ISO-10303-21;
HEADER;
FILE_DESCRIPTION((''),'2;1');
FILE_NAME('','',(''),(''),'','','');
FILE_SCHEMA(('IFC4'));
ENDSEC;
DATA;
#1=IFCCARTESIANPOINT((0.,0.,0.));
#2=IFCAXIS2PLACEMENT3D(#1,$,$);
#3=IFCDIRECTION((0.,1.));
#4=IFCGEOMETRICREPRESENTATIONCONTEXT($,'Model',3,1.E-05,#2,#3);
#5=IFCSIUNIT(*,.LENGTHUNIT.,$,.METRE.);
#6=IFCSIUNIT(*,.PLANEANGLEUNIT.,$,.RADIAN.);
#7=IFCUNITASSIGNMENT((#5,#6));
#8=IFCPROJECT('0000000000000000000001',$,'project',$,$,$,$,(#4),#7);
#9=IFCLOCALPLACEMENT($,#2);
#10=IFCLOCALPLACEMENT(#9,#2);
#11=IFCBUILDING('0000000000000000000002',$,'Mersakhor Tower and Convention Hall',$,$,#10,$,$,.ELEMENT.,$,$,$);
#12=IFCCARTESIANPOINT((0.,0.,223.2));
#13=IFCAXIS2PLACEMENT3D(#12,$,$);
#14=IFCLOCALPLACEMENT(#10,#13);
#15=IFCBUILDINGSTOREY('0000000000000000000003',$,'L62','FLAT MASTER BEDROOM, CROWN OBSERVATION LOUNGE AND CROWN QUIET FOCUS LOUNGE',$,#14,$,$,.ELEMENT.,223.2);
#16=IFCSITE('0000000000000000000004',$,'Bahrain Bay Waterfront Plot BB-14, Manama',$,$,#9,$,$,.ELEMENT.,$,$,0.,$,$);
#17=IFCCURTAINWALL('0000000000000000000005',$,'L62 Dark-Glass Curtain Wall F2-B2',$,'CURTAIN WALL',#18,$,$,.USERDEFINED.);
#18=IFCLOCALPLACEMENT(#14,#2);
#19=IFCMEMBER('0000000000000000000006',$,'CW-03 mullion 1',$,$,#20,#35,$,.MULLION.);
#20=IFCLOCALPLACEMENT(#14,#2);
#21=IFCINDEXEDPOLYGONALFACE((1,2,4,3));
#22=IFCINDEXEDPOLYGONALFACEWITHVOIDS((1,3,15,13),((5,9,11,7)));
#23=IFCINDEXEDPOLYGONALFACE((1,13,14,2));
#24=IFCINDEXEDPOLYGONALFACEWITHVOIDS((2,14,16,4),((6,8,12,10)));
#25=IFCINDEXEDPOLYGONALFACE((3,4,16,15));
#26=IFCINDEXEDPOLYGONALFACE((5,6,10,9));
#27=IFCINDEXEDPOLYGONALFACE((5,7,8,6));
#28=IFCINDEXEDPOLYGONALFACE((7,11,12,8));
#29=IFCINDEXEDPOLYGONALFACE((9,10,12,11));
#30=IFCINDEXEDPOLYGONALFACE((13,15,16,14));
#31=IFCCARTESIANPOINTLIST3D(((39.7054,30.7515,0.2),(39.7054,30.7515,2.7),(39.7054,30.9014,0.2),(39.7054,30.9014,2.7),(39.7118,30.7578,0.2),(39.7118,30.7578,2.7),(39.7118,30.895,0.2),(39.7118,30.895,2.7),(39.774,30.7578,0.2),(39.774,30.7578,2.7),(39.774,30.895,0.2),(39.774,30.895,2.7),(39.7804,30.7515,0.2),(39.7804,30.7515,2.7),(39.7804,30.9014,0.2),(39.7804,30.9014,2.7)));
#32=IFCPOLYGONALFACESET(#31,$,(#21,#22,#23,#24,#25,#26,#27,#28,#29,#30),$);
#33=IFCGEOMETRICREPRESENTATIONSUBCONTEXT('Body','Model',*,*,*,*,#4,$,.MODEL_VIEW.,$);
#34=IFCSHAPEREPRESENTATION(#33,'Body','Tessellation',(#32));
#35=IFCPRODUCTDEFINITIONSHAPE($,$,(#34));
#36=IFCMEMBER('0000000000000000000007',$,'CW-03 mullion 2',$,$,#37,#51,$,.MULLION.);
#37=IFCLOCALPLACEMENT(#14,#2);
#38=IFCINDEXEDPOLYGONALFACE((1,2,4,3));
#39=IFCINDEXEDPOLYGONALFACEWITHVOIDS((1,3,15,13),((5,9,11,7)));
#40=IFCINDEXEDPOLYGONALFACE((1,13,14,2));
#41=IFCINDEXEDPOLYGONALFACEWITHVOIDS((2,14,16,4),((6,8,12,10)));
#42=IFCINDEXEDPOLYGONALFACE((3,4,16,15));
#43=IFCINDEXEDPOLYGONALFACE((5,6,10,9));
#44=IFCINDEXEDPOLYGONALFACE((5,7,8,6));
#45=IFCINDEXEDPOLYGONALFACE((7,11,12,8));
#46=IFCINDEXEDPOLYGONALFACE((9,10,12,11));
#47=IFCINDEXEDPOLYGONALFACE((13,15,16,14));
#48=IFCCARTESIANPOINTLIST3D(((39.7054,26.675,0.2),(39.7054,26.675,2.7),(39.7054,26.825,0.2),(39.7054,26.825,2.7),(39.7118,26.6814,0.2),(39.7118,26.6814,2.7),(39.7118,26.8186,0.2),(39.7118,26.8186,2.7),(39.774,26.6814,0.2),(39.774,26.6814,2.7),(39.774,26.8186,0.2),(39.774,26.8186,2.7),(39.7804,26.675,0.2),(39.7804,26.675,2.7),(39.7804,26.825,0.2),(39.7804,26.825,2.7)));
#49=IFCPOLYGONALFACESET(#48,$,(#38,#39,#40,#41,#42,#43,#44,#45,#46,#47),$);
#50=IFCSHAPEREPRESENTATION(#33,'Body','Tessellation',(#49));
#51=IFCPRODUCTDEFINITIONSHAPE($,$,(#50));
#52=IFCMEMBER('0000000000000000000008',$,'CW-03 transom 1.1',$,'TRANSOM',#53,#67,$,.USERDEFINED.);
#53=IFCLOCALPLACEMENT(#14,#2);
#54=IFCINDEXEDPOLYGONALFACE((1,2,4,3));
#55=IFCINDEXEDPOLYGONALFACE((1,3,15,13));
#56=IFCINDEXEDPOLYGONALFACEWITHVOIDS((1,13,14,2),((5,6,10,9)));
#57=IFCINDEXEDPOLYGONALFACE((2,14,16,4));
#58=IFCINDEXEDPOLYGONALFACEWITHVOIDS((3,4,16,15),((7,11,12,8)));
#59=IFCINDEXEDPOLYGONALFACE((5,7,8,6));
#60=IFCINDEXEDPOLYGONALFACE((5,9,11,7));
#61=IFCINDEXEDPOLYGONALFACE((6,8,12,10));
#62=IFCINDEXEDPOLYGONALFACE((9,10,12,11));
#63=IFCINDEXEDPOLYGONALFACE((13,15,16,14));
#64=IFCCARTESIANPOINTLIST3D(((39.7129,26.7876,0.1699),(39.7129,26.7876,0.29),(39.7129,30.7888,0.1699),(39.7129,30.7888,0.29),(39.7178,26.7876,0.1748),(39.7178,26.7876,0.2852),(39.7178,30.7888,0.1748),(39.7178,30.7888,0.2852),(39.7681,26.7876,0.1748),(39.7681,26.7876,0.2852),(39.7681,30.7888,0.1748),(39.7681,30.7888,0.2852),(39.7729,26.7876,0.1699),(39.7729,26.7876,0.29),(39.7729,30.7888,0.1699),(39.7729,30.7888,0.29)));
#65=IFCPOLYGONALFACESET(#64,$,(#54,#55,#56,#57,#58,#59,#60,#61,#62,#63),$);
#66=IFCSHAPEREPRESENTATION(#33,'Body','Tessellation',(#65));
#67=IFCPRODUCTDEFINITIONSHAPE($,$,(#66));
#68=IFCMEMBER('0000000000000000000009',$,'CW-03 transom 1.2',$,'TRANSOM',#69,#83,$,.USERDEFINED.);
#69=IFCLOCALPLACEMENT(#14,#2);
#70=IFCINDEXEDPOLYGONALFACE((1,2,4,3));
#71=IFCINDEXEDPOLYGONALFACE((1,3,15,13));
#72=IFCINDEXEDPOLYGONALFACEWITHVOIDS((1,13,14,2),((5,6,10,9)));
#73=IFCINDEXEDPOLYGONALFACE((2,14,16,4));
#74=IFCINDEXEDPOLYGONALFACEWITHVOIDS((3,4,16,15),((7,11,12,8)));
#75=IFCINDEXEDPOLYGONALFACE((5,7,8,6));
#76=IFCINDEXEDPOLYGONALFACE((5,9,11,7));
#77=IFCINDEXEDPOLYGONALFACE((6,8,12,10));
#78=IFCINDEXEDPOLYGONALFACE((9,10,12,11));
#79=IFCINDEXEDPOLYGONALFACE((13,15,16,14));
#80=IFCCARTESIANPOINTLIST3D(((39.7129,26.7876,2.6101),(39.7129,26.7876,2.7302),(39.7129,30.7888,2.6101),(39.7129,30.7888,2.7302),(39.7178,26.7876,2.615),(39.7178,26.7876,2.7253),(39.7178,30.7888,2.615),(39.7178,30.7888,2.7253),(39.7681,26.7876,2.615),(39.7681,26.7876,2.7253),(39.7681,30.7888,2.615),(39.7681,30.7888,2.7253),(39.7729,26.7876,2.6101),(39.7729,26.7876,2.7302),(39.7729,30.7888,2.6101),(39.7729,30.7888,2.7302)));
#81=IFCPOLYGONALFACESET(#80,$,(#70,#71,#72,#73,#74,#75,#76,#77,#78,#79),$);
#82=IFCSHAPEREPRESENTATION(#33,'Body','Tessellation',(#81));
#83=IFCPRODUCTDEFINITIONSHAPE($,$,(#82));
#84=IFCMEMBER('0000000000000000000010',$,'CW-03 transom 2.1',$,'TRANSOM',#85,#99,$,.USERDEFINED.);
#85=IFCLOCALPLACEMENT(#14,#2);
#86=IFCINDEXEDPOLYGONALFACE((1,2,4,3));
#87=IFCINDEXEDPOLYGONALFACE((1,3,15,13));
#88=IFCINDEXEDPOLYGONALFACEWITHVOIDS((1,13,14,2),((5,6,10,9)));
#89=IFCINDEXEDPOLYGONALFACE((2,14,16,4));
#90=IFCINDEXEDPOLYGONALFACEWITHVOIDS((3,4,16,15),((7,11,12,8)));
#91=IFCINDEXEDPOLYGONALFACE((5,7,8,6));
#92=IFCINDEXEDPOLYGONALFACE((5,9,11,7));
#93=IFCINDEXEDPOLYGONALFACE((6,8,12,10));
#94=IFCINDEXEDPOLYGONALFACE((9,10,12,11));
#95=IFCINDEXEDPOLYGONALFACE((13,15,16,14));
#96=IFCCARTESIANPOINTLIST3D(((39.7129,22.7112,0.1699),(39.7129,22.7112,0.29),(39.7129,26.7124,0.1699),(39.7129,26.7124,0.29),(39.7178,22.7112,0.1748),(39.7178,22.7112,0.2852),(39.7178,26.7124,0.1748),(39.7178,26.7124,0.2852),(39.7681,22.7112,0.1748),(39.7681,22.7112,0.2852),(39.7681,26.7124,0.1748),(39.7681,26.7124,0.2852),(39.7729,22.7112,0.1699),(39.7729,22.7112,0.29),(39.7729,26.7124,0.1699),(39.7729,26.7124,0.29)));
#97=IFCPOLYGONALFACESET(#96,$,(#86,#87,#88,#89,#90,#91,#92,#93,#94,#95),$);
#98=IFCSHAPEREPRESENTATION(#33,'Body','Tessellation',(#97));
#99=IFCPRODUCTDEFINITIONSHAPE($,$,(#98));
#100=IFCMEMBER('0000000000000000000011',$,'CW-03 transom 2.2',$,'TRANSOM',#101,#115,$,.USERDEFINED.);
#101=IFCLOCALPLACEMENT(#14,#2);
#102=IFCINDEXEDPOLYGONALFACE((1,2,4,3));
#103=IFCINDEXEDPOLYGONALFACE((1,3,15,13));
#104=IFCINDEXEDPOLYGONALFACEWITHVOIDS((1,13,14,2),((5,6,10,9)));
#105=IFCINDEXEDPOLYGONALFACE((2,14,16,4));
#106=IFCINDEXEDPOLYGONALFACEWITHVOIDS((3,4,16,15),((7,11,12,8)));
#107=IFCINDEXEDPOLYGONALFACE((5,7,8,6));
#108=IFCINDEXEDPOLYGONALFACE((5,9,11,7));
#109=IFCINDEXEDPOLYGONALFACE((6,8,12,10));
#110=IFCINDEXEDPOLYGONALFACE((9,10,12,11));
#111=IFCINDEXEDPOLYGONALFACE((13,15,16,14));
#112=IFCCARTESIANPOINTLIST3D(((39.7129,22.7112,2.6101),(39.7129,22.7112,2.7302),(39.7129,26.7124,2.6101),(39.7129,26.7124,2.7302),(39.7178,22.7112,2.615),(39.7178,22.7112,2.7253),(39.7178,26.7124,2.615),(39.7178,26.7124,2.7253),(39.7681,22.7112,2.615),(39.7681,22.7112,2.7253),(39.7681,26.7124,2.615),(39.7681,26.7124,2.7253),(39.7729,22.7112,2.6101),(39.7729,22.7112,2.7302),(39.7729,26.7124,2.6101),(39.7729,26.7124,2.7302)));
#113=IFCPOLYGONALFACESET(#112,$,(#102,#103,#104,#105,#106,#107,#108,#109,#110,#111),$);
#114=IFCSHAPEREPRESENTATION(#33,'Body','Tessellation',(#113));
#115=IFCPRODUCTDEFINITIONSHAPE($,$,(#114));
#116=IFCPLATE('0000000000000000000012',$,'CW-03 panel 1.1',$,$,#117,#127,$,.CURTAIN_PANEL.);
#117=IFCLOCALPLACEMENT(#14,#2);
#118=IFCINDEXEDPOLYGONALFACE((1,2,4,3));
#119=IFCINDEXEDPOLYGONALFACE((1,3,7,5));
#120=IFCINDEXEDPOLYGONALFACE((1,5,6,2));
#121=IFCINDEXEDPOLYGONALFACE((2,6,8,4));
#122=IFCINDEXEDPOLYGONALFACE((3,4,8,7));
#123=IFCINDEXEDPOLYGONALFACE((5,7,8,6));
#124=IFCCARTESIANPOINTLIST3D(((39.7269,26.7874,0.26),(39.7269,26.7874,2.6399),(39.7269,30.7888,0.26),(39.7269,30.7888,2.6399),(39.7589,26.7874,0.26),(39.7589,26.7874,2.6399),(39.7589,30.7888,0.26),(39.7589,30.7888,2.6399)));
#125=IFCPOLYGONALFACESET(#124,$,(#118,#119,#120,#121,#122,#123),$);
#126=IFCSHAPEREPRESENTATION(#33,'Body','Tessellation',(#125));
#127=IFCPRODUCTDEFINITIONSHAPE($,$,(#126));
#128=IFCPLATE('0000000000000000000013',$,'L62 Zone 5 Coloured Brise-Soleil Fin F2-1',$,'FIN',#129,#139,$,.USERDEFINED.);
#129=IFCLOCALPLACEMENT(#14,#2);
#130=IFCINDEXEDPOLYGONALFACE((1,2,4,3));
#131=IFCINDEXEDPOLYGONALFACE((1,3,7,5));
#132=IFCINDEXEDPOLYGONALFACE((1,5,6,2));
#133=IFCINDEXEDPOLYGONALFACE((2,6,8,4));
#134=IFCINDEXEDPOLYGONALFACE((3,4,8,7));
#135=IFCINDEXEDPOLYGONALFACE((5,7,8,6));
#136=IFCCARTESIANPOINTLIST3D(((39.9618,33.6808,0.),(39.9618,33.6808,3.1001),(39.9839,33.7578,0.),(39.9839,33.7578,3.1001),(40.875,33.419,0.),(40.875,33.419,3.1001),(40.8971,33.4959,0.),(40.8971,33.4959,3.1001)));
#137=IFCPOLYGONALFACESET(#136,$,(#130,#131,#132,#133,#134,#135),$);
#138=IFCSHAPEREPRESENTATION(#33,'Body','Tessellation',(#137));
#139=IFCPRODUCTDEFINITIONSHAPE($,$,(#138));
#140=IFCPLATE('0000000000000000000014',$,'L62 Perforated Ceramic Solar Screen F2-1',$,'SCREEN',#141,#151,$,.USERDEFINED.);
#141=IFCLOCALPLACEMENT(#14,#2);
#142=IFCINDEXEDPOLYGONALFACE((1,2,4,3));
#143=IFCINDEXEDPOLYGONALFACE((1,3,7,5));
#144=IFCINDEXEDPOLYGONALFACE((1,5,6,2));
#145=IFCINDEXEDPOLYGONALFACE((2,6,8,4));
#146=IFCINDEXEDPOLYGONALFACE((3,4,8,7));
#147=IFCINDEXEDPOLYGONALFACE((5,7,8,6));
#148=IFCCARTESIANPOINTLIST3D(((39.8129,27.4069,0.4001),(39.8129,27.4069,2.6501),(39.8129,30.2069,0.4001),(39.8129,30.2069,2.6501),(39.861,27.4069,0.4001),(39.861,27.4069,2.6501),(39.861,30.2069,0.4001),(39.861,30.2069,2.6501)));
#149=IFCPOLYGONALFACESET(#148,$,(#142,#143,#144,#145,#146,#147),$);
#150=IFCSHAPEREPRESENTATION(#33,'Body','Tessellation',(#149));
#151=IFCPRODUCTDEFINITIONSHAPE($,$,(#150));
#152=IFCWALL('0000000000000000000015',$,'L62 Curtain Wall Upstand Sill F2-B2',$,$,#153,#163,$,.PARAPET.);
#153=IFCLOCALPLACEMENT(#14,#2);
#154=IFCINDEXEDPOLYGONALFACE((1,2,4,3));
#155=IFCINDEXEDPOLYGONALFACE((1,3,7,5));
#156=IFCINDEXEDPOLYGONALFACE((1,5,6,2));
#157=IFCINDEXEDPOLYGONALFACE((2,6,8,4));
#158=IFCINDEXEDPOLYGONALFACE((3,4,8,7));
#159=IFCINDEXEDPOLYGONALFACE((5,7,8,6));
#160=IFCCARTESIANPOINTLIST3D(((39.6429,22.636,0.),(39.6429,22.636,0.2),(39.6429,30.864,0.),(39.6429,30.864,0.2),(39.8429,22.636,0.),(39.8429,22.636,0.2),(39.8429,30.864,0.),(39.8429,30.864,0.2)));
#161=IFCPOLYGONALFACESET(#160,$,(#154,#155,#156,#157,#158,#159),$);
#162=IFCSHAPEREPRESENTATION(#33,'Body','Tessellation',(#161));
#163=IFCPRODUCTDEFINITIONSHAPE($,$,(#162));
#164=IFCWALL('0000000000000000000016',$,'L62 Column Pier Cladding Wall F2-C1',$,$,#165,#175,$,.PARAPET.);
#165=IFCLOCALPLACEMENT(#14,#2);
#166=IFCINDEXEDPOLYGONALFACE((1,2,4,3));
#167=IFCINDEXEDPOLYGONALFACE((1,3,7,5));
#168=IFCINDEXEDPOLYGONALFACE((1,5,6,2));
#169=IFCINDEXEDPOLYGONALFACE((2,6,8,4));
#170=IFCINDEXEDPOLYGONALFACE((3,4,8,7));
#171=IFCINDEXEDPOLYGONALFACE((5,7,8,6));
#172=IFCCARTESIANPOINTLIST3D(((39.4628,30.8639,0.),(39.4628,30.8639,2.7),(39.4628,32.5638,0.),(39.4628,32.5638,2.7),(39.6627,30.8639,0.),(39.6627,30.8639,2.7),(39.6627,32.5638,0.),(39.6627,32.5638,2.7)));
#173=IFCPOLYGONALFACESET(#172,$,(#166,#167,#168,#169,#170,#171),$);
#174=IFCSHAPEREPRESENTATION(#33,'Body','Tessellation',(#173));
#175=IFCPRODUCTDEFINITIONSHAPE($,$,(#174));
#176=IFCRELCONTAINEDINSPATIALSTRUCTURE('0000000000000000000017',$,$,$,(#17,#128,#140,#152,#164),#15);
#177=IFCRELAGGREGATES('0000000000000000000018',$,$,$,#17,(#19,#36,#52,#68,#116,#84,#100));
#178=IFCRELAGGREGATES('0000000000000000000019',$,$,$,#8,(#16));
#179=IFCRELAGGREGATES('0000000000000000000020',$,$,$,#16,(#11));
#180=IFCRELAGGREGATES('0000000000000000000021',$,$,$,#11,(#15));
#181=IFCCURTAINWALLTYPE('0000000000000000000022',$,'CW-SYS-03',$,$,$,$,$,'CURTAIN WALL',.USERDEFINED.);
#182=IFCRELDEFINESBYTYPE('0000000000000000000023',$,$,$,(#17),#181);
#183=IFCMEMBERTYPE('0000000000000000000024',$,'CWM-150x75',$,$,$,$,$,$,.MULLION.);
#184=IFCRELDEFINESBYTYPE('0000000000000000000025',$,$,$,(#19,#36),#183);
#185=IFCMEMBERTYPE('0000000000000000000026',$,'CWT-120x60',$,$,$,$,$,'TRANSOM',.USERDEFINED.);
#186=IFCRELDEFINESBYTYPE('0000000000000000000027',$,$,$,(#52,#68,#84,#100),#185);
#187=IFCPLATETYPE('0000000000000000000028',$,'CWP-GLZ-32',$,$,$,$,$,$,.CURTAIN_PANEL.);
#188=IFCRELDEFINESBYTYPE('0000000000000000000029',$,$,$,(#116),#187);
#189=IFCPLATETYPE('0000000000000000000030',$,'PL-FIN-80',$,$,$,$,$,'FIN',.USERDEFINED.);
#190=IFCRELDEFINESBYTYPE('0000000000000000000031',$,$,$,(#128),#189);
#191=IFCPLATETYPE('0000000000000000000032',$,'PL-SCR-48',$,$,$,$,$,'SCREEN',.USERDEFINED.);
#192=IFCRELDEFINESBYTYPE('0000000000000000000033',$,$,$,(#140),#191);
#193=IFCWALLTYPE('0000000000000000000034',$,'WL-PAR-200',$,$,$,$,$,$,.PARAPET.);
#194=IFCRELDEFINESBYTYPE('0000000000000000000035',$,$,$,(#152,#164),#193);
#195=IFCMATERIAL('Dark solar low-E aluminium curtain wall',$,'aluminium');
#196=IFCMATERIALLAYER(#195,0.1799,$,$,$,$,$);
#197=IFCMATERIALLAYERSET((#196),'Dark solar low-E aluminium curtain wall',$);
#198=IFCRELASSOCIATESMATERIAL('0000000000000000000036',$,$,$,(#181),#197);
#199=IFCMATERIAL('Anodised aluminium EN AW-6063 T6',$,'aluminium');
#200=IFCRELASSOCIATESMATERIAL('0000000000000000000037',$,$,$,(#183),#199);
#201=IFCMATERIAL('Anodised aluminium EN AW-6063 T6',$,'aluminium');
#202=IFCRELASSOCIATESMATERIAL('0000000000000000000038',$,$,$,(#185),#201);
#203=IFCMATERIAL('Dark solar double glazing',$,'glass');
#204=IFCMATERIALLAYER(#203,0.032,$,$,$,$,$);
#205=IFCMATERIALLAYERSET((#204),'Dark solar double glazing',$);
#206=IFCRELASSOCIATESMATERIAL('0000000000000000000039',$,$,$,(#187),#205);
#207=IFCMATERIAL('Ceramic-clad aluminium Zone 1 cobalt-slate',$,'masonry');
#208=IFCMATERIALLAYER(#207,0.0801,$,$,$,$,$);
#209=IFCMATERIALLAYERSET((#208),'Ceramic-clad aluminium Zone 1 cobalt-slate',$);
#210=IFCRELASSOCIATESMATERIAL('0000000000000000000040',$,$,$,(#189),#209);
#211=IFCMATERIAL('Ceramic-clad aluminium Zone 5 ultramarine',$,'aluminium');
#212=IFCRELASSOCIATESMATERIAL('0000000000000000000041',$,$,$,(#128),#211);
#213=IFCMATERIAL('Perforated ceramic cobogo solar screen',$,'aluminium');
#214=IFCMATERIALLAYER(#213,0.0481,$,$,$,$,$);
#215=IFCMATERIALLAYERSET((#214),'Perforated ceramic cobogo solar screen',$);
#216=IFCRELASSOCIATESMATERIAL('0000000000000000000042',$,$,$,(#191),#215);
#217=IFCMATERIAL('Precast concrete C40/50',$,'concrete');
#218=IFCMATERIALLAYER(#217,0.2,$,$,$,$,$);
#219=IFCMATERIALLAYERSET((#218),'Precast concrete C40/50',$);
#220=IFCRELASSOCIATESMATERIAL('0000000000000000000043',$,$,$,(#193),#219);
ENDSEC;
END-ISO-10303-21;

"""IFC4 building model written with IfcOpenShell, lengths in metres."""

from ifc_helpers import new_model, si_unit, direction, frame, frame_2d, origin, origin_2d, place, context, subcontext, project, spatial, rectangle, hollow_rectangle, extrude, material, layer, layer_set, material_profile, profile_set, type_object, element, aggregate, save


model = new_model("IFC4")

# Units and contexts
model_context = context("Model", 3, precision=1e-05, world=origin(), true_north=direction((0.0, 1.0)))
body_context = subcontext(model_context, "Body", "Model", "MODEL_VIEW")
ifc_project = project(units=[si_unit("LENGTHUNIT", "METRE"), si_unit("PLANEANGLEUNIT", "RADIAN")], contexts=[model_context])

# Site, building, storey
site_placement = place(None, origin())
site = spatial("IfcSite", under=ifc_project, at=site_placement, Name="Bahrain Bay Waterfront Plot BB-14, Manama", CompositionType="ELEMENT", RefElevation=0.0)
building_placement = place(site_placement, origin())
building = spatial("IfcBuilding", under=site, at=building_placement, Name="Mersakhor Tower and Convention Hall", CompositionType="ELEMENT")
storey_placement = place(building_placement, frame((0.0, 0.0, 223.2)))
storey = spatial("IfcBuildingStorey", under=building, at=storey_placement, Name="L62", Description="FLAT MASTER BEDROOM, CROWN OBSERVATION LOUNGE AND CROWN QUIET FOCUS LOUNGE", CompositionType="ELEMENT", Elevation=223.2)

# Curtain wall, members, plate
ifc_material_1 = material(Name="Dark solar low-E aluminium curtain wall", Category="aluminium")
ifc_layer_1 = layer(ifc_material_1, 0.1799)
ifc_layer_set_1 = layer_set([ifc_layer_1], Name="Dark solar low-E aluminium curtain wall")
curtain_wall_type = type_object("IfcCurtainWallType", Name="CW-SYS-03", ElementType="CURTAIN WALL", PredefinedType="USERDEFINED", material=ifc_layer_set_1)
curtain_wall_placement = place(storey_placement, origin())
curtain_wall = element("IfcCurtainWall", 1, at=curtain_wall_placement, inside=storey, type_object=curtain_wall_type, Name="L62 Dark-Glass Curtain Wall F2-B2", ObjectType="CURTAIN WALL", PredefinedType="USERDEFINED")
ifc_material_2 = material(Name="Anodised aluminium EN AW-6063 T6", Category="aluminium")
ifc_material_profile_1 = material_profile(ifc_material_2, hollow_rectangle(XDim=0.075, YDim=0.1499, WallThickness=0.0063, at=origin_2d()), Name="RHS 150x75x6.3")
ifc_profile_set_1 = profile_set([ifc_material_profile_1], Name="Anodised aluminium EN AW-6063 T6")
member_type_1 = type_object("IfcMemberType", Name="CWM-150x75", PredefinedType="MULLION", material=ifc_profile_set_1)
member_1_placement = place(storey_placement, frame((39.7429, 30.8264, 0.2), z_axis=(0.0, 0.0, 1.0), x_axis=(1.0, 0.0, 0.0)))
member_1 = element("IfcMember", 2, at=member_1_placement, type_object=member_type_1, Name="CW-03 mullion 1", PredefinedType="MULLION", context=body_context, shape_type="SweptSolid", body=[
    extrude(hollow_rectangle(XDim=0.075, YDim=0.1499, WallThickness=0.0063, at=origin_2d()), origin(), (0.0, 0.0, 1.0), 2.5),
])
member_2_placement = place(storey_placement, frame((39.7429, 26.75, 0.2), z_axis=(0.0, 0.0, 1.0), x_axis=(1.0, 0.0, 0.0)))
member_2 = element("IfcMember", 3, at=member_2_placement, type_object=member_type_1, Name="CW-03 mullion 2", PredefinedType="MULLION", context=body_context, shape_type="SweptSolid", body=[
    extrude(hollow_rectangle(XDim=0.075, YDim=0.1499, WallThickness=0.0063, at=origin_2d()), origin(), (0.0, 0.0, 1.0), 2.5),
])
ifc_material_3 = material(Name="Anodised aluminium EN AW-6063 T6", Category="aluminium")
ifc_material_profile_2 = material_profile(ifc_material_3, hollow_rectangle(XDim=0.0601, YDim=0.1201, WallThickness=0.0049, at=origin_2d()), Name="RHS 120x60x5")
ifc_profile_set_2 = profile_set([ifc_material_profile_2], Name="Anodised aluminium EN AW-6063 T6")
member_type_2 = type_object("IfcMemberType", Name="CWT-120x60", ElementType="TRANSOM", PredefinedType="USERDEFINED", material=ifc_profile_set_2)
member_3_placement = place(storey_placement, frame((39.7429, 30.7888, 0.23), z_axis=(0.0, -1.0, 0.0), x_axis=(1.0, 0.0, 0.0)))
member_3 = element("IfcMember", 4, at=member_3_placement, type_object=member_type_2, Name="CW-03 transom 1.1", ObjectType="TRANSOM", PredefinedType="USERDEFINED", context=body_context, shape_type="SweptSolid", body=[
    extrude(hollow_rectangle(XDim=0.0601, YDim=0.1201, WallThickness=0.0049, at=origin_2d()), origin(), (0.0, 0.0, 1.0), 4.0012),
])
member_4_placement = place(storey_placement, frame((39.7429, 30.7888, 2.6702), z_axis=(0.0, -1.0, 0.0), x_axis=(1.0, 0.0, 0.0)))
member_4 = element("IfcMember", 5, at=member_4_placement, type_object=member_type_2, Name="CW-03 transom 1.2", ObjectType="TRANSOM", PredefinedType="USERDEFINED", context=body_context, shape_type="SweptSolid", body=[
    extrude(hollow_rectangle(XDim=0.0601, YDim=0.1201, WallThickness=0.0049, at=origin_2d()), origin(), (0.0, 0.0, 1.0), 4.0012),
])
member_5_placement = place(storey_placement, frame((39.7429, 26.7124, 0.23), z_axis=(0.0, -1.0, 0.0), x_axis=(1.0, 0.0, 0.0)))
member_5 = element("IfcMember", 6, at=member_5_placement, type_object=member_type_2, Name="CW-03 transom 2.1", ObjectType="TRANSOM", PredefinedType="USERDEFINED", context=body_context, shape_type="SweptSolid", body=[
    extrude(hollow_rectangle(XDim=0.0601, YDim=0.1201, WallThickness=0.0049, at=origin_2d()), origin(), (0.0, 0.0, 1.0), 4.0012),
])
member_6_placement = place(storey_placement, frame((39.7429, 26.7124, 2.6702), z_axis=(0.0, -1.0, 0.0), x_axis=(1.0, 0.0, 0.0)))
member_6 = element("IfcMember", 7, at=member_6_placement, type_object=member_type_2, Name="CW-03 transom 2.2", ObjectType="TRANSOM", PredefinedType="USERDEFINED", context=body_context, shape_type="SweptSolid", body=[
    extrude(hollow_rectangle(XDim=0.0601, YDim=0.1201, WallThickness=0.0049, at=origin_2d()), origin(), (0.0, 0.0, 1.0), 4.0012),
])
ifc_material_4 = material(Name="Dark solar double glazing", Category="glass")
ifc_layer_2 = layer(ifc_material_4, 0.032)
ifc_layer_set_2 = layer_set([ifc_layer_2], Name="Dark solar double glazing")
plate_type_1 = type_object("IfcPlateType", Name="CWP-GLZ-32", PredefinedType="CURTAIN_PANEL", material=ifc_layer_set_2)
plate_1_placement = place(storey_placement, frame((39.7429, 28.7881, 0.26), z_axis=(0.0, 0.0, 1.0), x_axis=(0.0, -1.0, 0.0)))
plate_1 = element("IfcPlate", 8, at=plate_1_placement, type_object=plate_type_1, Name="CW-03 panel 1.1", PredefinedType="CURTAIN_PANEL", context=body_context, shape_type="SweptSolid", body=[
    extrude(rectangle(XDim=4.0015, YDim=0.032, at=origin_2d()), origin(), (0.0, 0.0, 1.0), 2.3799),
])
aggregate(curtain_wall, [member_1, member_2, member_3, member_4, plate_1, member_5, member_6])

# Plates
ifc_material_5 = material(Name="Ceramic-clad aluminium Zone 5 ultramarine", Category="aluminium")
ifc_material_6 = material(Name="Ceramic-clad aluminium Zone 1 cobalt-slate", Category="masonry")
ifc_layer_3 = layer(ifc_material_6, 0.0801)
ifc_layer_set_3 = layer_set([ifc_layer_3], Name="Ceramic-clad aluminium Zone 1 cobalt-slate")
plate_type_2 = type_object("IfcPlateType", Name="PL-FIN-80", ElementType="FIN", PredefinedType="USERDEFINED", material=ifc_layer_set_3)
plate_2_placement = place(storey_placement, frame((40.4294, 33.5884, 0.0), z_axis=(0.0, 0.0, 1.0), x_axis=(0.961262, -0.275637, 0.0)))
element("IfcPlate", 9, at=plate_2_placement, inside=storey, type_object=plate_type_2, material=ifc_material_5, Name="L62 Zone 5 Coloured Brise-Soleil Fin F2-1", ObjectType="FIN", PredefinedType="USERDEFINED", context=body_context, shape_type="SweptSolid", body=[
    extrude(rectangle(XDim=0.95, YDim=0.0801, at=origin_2d()), origin(), (0.0, 0.0, 1.0), 3.1001),
])
ifc_material_7 = material(Name="Perforated ceramic cobogo solar screen", Category="aluminium")
ifc_layer_4 = layer(ifc_material_7, 0.0481)
ifc_layer_set_4 = layer_set([ifc_layer_4], Name="Perforated ceramic cobogo solar screen")
plate_type_3 = type_object("IfcPlateType", Name="PL-SCR-48", ElementType="SCREEN", PredefinedType="USERDEFINED", material=ifc_layer_set_4)
plate_3_placement = place(storey_placement, frame((39.8369, 28.8069, 0.4001), z_axis=(0.0, 0.0, 1.0), x_axis=(0.0, -1.0, 0.0)))
element("IfcPlate", 10, at=plate_3_placement, inside=storey, type_object=plate_type_3, Name="L62 Perforated Ceramic Solar Screen F2-1", ObjectType="SCREEN", PredefinedType="USERDEFINED", context=body_context, shape_type="SweptSolid", body=[
    extrude(rectangle(XDim=2.8, YDim=0.0481, at=origin_2d()), origin(), (0.0, 0.0, 1.0), 2.25),
])

# Walls
ifc_material_8 = material(Name="Precast concrete C40/50", Category="concrete")
ifc_layer_5 = layer(ifc_material_8, 0.2)
ifc_layer_set_5 = layer_set([ifc_layer_5], Name="Precast concrete C40/50")
wall_type_1 = type_object("IfcWallType", Name="WL-PAR-200", PredefinedType="PARAPET", material=ifc_layer_set_5)
wall_1_placement = place(storey_placement, frame((39.7429, 30.864, 0.0), z_axis=(0.0, 0.0, 1.0), x_axis=(0.0, -1.0, 0.0)))
element("IfcWall", 11, at=wall_1_placement, inside=storey, type_object=wall_type_1, Name="L62 Curtain Wall Upstand Sill F2-B2", PredefinedType="PARAPET", context=body_context, shape_type="SweptSolid", body=[
    extrude(rectangle(XDim=8.228, YDim=0.2, at=frame_2d((4.114, 0.0))), origin(), (0.0, 0.0, 1.0), 0.2),
])
wall_2_placement = place(storey_placement, frame((39.5627, 32.564, 0.0), z_axis=(0.0, 0.0, 1.0), x_axis=(0.0, -1.0, 0.0)))
element("IfcWall", 12, at=wall_2_placement, inside=storey, type_object=wall_type_1, Name="L62 Column Pier Cladding Wall F2-C1", PredefinedType="PARAPET", context=body_context, shape_type="SweptSolid", body=[
    extrude(rectangle(XDim=1.7, YDim=0.2, at=frame_2d((0.8501, 0.0))), origin(), (0.0, 0.0, 1.0), 2.7),
])

save(model, "model.ifc")
